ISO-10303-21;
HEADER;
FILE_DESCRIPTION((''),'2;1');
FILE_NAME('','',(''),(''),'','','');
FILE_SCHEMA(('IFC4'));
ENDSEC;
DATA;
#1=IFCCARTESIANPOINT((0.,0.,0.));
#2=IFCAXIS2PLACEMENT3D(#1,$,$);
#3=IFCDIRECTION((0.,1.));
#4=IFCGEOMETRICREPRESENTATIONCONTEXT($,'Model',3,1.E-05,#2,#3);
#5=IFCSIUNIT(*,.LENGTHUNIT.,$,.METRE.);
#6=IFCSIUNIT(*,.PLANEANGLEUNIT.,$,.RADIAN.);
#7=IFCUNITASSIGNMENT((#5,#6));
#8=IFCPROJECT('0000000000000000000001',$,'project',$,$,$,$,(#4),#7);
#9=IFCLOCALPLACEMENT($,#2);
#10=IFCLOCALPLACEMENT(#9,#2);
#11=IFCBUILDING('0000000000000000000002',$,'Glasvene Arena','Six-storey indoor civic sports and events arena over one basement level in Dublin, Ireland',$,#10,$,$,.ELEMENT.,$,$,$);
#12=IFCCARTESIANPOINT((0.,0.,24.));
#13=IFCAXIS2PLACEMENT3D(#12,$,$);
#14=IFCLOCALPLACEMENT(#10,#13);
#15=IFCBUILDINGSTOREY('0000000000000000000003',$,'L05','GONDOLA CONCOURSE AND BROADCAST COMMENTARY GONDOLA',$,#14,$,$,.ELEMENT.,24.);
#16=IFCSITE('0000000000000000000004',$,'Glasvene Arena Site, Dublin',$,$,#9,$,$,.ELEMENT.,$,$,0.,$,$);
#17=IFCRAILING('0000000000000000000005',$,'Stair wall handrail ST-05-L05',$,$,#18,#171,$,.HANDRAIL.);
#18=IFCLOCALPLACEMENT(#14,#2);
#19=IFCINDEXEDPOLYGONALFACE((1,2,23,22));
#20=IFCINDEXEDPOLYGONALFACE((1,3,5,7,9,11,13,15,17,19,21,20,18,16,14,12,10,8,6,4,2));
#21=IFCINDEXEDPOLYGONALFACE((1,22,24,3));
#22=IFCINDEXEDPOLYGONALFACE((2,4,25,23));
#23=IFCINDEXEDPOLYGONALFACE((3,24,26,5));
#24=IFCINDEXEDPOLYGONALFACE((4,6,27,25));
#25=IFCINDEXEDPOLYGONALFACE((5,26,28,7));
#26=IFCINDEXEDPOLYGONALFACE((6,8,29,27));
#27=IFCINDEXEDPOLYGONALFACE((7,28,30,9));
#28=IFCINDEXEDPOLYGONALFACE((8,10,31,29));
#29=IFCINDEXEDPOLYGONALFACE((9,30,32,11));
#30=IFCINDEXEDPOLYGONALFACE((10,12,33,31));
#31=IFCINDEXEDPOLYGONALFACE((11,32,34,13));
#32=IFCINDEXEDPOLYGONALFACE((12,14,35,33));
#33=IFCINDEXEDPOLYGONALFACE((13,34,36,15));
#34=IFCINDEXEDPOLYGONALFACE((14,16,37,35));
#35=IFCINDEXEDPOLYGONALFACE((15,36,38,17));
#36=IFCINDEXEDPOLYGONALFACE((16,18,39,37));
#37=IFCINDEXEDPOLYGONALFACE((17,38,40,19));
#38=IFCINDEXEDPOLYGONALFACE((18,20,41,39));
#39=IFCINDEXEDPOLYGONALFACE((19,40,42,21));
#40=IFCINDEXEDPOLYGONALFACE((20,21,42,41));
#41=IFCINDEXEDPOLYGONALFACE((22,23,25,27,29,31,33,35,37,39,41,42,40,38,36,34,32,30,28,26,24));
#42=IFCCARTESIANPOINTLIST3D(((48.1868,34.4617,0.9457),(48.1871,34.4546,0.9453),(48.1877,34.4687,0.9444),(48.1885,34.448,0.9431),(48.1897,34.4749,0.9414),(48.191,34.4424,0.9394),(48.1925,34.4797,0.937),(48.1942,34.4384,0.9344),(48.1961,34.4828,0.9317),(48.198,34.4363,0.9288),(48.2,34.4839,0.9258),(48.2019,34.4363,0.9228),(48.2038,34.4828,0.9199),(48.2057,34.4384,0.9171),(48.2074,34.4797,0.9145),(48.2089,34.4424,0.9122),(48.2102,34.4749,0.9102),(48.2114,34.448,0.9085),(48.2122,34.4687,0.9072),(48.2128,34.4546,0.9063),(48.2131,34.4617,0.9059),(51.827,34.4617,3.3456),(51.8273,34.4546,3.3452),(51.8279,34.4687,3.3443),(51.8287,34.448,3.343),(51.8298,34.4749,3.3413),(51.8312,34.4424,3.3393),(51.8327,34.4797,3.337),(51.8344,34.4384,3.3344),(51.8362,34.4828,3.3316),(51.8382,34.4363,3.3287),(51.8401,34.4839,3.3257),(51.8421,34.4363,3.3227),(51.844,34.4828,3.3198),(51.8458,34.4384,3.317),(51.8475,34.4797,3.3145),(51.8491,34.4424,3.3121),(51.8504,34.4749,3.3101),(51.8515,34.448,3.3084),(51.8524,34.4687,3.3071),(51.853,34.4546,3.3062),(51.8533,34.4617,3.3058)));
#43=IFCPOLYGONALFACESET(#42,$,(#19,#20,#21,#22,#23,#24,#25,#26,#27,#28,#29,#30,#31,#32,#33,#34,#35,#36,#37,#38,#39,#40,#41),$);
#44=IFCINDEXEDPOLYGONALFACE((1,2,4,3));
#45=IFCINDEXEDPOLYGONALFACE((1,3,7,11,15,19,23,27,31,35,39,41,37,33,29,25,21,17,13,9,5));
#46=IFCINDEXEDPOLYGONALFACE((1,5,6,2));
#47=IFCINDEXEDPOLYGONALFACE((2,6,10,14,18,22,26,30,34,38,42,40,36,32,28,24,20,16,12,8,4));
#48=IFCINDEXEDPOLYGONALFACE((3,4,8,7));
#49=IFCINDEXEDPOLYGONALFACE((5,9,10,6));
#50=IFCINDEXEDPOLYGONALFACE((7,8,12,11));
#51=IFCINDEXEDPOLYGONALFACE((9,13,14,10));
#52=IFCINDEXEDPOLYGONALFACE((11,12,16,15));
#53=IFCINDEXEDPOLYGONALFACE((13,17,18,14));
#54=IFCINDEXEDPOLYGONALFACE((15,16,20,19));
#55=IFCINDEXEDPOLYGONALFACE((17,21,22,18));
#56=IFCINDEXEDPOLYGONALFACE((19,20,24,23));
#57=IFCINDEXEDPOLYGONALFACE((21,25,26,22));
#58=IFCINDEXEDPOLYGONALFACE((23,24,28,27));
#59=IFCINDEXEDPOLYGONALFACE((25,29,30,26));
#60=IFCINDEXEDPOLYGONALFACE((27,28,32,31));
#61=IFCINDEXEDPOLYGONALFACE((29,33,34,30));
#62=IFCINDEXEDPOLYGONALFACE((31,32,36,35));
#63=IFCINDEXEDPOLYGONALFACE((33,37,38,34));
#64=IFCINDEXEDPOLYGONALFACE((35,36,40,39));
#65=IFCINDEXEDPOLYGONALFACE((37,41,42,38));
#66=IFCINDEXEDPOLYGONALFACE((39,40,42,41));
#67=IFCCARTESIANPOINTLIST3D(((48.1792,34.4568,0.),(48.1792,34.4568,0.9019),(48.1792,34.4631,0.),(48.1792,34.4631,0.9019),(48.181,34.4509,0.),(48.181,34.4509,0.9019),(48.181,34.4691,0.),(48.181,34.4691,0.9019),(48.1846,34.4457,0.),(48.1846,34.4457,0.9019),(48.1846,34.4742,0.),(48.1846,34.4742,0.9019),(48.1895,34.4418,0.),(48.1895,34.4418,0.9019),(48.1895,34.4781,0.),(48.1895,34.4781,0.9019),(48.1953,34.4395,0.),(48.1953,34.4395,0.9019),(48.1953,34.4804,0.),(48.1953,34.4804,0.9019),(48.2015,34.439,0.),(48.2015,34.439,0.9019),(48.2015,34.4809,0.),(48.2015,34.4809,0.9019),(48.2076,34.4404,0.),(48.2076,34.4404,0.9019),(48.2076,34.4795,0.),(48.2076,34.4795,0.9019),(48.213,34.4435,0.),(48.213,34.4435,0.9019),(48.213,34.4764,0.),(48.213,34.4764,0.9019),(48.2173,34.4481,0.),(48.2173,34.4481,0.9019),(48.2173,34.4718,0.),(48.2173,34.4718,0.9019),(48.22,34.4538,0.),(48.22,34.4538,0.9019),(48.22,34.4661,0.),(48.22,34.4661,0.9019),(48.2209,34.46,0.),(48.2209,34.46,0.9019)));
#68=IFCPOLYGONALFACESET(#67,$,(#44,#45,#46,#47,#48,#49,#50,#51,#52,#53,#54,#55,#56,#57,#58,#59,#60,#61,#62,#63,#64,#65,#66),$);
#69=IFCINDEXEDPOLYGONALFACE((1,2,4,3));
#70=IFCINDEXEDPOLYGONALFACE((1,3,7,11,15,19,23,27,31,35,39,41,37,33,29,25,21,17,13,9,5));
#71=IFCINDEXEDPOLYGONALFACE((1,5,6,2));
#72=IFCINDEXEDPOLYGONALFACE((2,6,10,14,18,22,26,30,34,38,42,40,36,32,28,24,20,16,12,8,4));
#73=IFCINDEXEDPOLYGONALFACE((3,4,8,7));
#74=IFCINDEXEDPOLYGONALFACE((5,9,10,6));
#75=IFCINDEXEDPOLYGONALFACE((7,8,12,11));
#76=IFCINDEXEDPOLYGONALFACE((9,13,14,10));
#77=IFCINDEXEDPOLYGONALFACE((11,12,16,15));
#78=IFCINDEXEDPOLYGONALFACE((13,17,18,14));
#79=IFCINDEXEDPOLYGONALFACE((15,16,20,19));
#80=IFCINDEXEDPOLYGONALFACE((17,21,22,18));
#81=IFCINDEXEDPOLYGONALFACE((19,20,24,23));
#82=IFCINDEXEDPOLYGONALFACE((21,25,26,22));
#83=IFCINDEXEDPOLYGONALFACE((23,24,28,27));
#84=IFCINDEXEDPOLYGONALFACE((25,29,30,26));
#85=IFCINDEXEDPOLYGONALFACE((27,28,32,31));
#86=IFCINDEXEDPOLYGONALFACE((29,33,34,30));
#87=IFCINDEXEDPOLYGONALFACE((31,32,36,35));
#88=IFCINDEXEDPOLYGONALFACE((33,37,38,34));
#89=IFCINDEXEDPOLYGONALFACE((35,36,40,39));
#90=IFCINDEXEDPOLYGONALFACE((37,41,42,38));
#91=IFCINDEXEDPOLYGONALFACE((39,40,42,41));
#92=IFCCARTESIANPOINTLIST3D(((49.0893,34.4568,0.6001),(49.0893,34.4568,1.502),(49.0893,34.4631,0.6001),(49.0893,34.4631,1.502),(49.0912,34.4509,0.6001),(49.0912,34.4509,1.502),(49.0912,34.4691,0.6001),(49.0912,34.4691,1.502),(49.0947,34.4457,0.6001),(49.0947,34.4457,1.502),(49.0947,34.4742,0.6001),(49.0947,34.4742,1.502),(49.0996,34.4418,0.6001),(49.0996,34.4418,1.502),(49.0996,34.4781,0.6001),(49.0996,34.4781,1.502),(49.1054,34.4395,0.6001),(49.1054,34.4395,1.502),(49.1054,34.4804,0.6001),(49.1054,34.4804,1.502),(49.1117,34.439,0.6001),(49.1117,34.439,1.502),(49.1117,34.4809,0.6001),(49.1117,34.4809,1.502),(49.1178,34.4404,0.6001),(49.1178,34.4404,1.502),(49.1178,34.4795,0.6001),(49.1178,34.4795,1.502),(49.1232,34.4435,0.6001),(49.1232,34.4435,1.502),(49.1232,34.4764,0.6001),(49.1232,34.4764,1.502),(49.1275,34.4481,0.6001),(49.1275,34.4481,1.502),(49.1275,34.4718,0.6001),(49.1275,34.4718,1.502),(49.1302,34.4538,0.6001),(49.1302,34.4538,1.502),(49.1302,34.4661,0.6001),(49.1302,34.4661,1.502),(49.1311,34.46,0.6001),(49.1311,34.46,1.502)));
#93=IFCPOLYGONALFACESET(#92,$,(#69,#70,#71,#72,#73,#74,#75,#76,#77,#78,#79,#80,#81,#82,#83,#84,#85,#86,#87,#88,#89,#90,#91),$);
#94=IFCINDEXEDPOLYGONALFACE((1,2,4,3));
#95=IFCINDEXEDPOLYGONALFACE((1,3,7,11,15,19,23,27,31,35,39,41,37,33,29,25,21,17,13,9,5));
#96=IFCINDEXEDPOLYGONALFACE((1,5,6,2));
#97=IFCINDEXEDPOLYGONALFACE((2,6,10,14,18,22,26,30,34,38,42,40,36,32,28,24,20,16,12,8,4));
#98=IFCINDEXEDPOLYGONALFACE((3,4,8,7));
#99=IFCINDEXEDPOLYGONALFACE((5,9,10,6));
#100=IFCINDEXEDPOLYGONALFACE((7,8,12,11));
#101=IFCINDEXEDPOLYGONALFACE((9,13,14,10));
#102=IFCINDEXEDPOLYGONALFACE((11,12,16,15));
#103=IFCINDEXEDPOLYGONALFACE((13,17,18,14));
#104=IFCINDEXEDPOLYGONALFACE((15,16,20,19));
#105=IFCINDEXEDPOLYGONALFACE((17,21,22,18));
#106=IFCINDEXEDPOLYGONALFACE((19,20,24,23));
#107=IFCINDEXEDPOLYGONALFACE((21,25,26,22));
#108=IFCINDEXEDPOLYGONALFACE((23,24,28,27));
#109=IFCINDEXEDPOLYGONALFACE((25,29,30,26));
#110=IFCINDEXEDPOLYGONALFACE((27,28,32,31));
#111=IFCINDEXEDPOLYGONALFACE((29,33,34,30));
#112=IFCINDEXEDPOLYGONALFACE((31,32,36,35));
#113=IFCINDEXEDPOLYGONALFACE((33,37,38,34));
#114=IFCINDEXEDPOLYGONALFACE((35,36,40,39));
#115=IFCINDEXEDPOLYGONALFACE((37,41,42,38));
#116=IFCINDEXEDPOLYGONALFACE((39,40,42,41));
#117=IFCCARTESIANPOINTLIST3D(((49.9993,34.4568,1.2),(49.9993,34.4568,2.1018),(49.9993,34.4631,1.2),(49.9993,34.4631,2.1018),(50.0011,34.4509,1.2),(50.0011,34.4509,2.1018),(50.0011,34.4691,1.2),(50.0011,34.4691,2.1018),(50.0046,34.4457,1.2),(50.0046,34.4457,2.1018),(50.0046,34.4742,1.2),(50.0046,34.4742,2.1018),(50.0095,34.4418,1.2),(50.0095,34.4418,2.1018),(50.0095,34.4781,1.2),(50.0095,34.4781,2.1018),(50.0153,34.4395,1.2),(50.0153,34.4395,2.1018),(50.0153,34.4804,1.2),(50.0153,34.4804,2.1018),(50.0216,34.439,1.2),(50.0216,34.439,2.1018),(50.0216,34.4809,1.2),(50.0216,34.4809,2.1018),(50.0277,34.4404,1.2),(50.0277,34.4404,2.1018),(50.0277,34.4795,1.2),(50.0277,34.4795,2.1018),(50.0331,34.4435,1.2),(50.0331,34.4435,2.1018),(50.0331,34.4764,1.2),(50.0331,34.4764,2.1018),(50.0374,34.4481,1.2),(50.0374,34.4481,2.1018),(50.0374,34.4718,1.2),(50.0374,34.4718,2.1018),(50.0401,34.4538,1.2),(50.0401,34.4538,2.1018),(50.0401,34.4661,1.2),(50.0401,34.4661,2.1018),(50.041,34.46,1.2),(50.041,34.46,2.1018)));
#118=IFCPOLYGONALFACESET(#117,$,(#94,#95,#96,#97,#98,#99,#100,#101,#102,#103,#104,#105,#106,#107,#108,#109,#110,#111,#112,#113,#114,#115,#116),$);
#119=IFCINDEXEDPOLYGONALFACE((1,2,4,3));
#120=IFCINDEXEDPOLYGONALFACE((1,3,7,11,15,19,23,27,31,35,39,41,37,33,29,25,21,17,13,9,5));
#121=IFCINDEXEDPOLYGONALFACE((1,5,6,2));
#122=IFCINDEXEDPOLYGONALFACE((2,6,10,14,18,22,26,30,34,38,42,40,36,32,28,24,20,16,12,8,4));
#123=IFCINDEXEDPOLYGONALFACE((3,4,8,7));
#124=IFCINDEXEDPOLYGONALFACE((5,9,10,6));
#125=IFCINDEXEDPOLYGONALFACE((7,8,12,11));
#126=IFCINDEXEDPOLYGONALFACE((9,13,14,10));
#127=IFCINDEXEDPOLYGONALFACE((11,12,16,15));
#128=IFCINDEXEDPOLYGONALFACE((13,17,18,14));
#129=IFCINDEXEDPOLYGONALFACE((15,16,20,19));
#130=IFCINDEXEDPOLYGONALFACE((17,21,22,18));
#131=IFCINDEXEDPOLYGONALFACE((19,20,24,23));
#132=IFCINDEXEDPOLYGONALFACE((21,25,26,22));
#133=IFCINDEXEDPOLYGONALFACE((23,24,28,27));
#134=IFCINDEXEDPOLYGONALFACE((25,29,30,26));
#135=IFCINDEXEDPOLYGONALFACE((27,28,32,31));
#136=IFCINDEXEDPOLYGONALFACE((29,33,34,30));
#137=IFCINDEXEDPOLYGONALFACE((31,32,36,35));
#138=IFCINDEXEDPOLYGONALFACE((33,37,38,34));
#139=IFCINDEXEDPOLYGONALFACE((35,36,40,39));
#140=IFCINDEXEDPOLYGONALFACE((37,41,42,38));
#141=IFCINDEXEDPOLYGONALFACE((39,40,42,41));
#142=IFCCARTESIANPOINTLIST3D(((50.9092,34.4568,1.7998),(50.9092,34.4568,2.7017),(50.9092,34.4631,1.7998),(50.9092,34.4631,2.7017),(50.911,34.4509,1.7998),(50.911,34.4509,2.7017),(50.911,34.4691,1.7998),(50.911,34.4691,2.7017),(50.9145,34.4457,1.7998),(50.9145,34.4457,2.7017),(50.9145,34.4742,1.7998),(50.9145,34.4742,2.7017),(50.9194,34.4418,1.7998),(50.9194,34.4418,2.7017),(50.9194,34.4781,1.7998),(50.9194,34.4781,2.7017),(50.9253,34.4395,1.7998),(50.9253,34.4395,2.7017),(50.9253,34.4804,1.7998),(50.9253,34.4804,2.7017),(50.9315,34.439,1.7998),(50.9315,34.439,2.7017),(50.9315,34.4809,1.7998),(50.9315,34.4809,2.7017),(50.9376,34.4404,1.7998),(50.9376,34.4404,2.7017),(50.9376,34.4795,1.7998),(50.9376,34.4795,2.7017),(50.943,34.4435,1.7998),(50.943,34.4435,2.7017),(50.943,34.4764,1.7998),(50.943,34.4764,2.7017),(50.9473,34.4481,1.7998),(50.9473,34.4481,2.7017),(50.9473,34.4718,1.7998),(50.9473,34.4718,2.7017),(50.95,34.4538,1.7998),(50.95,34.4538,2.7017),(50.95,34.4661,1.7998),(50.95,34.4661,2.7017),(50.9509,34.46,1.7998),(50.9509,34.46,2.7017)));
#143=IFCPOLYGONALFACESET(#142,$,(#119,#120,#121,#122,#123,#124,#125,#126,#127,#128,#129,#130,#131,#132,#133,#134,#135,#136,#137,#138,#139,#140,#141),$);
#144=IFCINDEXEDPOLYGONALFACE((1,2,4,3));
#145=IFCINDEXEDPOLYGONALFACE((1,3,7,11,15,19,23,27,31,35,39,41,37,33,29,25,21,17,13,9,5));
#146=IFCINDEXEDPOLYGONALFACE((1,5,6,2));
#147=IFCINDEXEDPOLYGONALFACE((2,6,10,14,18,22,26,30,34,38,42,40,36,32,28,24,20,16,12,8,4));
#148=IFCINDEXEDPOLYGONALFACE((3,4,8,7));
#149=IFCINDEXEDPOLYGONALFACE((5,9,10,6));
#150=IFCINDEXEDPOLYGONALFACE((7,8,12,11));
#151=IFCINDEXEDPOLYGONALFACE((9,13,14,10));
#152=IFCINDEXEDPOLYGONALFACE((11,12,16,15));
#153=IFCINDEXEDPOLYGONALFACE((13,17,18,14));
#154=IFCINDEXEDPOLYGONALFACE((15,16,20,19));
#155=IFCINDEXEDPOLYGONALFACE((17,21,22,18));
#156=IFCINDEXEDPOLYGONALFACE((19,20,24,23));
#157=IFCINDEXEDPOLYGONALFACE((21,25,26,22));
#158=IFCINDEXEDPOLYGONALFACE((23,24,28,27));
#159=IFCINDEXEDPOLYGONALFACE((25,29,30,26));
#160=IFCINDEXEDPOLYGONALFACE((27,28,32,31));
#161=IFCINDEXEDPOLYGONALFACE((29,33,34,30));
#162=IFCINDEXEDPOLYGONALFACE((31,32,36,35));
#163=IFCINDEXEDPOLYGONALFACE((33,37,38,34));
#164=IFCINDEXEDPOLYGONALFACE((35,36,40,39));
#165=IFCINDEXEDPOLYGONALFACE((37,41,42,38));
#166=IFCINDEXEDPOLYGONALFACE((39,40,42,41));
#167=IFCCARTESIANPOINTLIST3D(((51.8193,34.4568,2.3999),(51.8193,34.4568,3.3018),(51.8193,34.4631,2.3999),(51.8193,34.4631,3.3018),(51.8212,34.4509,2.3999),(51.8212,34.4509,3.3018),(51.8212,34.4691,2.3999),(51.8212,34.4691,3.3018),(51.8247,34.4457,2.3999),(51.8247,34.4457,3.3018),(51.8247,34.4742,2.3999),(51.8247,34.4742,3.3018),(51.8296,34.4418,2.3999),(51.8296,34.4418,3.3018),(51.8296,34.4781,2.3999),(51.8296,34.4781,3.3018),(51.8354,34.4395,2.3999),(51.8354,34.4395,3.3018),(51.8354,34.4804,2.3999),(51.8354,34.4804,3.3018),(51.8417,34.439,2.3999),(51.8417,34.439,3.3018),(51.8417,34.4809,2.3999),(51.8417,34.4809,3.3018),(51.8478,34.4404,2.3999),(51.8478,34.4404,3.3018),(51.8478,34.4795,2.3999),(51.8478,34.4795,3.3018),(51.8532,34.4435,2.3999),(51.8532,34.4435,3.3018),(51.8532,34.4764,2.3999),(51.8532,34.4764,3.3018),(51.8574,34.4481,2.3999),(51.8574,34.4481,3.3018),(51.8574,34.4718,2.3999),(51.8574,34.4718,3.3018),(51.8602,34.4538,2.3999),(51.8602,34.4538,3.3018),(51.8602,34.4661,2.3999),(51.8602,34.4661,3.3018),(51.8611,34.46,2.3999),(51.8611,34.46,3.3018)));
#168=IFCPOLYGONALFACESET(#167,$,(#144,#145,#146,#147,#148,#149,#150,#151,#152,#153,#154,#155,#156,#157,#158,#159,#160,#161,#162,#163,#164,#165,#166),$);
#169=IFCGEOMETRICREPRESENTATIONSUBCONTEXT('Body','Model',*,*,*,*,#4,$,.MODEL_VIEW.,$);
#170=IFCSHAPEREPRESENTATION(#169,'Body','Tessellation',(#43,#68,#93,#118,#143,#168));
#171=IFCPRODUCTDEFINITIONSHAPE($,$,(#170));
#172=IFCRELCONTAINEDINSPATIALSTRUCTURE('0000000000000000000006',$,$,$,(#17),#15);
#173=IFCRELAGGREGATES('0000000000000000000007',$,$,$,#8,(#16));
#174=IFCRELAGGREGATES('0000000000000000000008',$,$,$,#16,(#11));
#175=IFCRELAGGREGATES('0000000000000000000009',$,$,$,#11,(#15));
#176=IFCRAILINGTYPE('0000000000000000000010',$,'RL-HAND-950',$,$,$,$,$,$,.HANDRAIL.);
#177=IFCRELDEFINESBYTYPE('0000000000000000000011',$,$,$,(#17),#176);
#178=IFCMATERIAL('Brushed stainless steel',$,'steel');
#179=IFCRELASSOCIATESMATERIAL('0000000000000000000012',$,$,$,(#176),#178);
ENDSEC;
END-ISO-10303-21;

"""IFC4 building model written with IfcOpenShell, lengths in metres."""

from ifc_helpers import new_model, si_unit, direction, frame, origin, origin_2d, place, context, subcontext, project, spatial, circle, extrude, material, type_object, element, save


model = new_model("IFC4")

# Units and contexts
model_context = context("Model", 3, precision=1e-05, world=origin(), true_north=direction((0.0, 1.0)))
body_context = subcontext(model_context, "Body", "Model", "MODEL_VIEW")
ifc_project = project(units=[si_unit("LENGTHUNIT", "METRE"), si_unit("PLANEANGLEUNIT", "RADIAN")], contexts=[model_context])

# Site, building, storey
site_placement = place(None, origin())
site = spatial("IfcSite", under=ifc_project, at=site_placement, Name="Glasvene Arena Site, Dublin", CompositionType="ELEMENT", RefElevation=0.0)
building_placement = place(site_placement, origin())
building = spatial("IfcBuilding", under=site, at=building_placement, Name="Glasvene Arena", Description="Six-storey indoor civic sports and events arena over one basement level in Dublin, Ireland", CompositionType="ELEMENT")
storey_placement = place(building_placement, frame((0.0, 0.0, 24.0)))
storey = spatial("IfcBuildingStorey", under=building, at=storey_placement, Name="L05", Description="GONDOLA CONCOURSE AND BROADCAST COMMENTARY GONDOLA", CompositionType="ELEMENT", Elevation=24.0)

# Railing
ifc_material_1 = material(Name="Brushed stainless steel", Category="steel")
railing_type_1 = type_object("IfcRailingType", Name="RL-HAND-950", PredefinedType="HANDRAIL", material=ifc_material_1)
railing_1_placement = place(storey_placement, frame((48.2, 34.46, 0.0)))
element("IfcRailing", 1, at=railing_1_placement, inside=storey, type_object=railing_type_1, Name="Stair wall handrail ST-05-L05", PredefinedType="HANDRAIL", context=body_context, shape_type="SweptSolid", body=[
    extrude(circle(Radius=0.0239, at=origin_2d()), frame((0.0, 0.0, 0.9258), z_axis=(0.834882, 0.0, 0.550429), x_axis=(0.0, 1.0, 0.0)), (0.0, 0.0, 1.0), 4.3601),
    extrude(circle(Radius=0.021, at=origin_2d()), origin(), (0.0, 0.0, 1.0), 0.9019),
    extrude(circle(Radius=0.021, at=origin_2d()), frame((0.9102, 0.0, 0.6001)), (0.0, 0.0, 1.0), 0.9019),
    extrude(circle(Radius=0.021, at=origin_2d()), frame((1.8201, 0.0, 1.2)), (0.0, 0.0, 1.0), 0.9019),
    extrude(circle(Radius=0.021, at=origin_2d()), frame((2.73, 0.0, 1.7998)), (0.0, 0.0, 1.0), 0.9019),
    extrude(circle(Radius=0.021, at=origin_2d()), frame((3.6401, 0.0, 2.3999)), (0.0, 0.0, 1.0), 0.9019),
])

save(model, "model.ifc")
